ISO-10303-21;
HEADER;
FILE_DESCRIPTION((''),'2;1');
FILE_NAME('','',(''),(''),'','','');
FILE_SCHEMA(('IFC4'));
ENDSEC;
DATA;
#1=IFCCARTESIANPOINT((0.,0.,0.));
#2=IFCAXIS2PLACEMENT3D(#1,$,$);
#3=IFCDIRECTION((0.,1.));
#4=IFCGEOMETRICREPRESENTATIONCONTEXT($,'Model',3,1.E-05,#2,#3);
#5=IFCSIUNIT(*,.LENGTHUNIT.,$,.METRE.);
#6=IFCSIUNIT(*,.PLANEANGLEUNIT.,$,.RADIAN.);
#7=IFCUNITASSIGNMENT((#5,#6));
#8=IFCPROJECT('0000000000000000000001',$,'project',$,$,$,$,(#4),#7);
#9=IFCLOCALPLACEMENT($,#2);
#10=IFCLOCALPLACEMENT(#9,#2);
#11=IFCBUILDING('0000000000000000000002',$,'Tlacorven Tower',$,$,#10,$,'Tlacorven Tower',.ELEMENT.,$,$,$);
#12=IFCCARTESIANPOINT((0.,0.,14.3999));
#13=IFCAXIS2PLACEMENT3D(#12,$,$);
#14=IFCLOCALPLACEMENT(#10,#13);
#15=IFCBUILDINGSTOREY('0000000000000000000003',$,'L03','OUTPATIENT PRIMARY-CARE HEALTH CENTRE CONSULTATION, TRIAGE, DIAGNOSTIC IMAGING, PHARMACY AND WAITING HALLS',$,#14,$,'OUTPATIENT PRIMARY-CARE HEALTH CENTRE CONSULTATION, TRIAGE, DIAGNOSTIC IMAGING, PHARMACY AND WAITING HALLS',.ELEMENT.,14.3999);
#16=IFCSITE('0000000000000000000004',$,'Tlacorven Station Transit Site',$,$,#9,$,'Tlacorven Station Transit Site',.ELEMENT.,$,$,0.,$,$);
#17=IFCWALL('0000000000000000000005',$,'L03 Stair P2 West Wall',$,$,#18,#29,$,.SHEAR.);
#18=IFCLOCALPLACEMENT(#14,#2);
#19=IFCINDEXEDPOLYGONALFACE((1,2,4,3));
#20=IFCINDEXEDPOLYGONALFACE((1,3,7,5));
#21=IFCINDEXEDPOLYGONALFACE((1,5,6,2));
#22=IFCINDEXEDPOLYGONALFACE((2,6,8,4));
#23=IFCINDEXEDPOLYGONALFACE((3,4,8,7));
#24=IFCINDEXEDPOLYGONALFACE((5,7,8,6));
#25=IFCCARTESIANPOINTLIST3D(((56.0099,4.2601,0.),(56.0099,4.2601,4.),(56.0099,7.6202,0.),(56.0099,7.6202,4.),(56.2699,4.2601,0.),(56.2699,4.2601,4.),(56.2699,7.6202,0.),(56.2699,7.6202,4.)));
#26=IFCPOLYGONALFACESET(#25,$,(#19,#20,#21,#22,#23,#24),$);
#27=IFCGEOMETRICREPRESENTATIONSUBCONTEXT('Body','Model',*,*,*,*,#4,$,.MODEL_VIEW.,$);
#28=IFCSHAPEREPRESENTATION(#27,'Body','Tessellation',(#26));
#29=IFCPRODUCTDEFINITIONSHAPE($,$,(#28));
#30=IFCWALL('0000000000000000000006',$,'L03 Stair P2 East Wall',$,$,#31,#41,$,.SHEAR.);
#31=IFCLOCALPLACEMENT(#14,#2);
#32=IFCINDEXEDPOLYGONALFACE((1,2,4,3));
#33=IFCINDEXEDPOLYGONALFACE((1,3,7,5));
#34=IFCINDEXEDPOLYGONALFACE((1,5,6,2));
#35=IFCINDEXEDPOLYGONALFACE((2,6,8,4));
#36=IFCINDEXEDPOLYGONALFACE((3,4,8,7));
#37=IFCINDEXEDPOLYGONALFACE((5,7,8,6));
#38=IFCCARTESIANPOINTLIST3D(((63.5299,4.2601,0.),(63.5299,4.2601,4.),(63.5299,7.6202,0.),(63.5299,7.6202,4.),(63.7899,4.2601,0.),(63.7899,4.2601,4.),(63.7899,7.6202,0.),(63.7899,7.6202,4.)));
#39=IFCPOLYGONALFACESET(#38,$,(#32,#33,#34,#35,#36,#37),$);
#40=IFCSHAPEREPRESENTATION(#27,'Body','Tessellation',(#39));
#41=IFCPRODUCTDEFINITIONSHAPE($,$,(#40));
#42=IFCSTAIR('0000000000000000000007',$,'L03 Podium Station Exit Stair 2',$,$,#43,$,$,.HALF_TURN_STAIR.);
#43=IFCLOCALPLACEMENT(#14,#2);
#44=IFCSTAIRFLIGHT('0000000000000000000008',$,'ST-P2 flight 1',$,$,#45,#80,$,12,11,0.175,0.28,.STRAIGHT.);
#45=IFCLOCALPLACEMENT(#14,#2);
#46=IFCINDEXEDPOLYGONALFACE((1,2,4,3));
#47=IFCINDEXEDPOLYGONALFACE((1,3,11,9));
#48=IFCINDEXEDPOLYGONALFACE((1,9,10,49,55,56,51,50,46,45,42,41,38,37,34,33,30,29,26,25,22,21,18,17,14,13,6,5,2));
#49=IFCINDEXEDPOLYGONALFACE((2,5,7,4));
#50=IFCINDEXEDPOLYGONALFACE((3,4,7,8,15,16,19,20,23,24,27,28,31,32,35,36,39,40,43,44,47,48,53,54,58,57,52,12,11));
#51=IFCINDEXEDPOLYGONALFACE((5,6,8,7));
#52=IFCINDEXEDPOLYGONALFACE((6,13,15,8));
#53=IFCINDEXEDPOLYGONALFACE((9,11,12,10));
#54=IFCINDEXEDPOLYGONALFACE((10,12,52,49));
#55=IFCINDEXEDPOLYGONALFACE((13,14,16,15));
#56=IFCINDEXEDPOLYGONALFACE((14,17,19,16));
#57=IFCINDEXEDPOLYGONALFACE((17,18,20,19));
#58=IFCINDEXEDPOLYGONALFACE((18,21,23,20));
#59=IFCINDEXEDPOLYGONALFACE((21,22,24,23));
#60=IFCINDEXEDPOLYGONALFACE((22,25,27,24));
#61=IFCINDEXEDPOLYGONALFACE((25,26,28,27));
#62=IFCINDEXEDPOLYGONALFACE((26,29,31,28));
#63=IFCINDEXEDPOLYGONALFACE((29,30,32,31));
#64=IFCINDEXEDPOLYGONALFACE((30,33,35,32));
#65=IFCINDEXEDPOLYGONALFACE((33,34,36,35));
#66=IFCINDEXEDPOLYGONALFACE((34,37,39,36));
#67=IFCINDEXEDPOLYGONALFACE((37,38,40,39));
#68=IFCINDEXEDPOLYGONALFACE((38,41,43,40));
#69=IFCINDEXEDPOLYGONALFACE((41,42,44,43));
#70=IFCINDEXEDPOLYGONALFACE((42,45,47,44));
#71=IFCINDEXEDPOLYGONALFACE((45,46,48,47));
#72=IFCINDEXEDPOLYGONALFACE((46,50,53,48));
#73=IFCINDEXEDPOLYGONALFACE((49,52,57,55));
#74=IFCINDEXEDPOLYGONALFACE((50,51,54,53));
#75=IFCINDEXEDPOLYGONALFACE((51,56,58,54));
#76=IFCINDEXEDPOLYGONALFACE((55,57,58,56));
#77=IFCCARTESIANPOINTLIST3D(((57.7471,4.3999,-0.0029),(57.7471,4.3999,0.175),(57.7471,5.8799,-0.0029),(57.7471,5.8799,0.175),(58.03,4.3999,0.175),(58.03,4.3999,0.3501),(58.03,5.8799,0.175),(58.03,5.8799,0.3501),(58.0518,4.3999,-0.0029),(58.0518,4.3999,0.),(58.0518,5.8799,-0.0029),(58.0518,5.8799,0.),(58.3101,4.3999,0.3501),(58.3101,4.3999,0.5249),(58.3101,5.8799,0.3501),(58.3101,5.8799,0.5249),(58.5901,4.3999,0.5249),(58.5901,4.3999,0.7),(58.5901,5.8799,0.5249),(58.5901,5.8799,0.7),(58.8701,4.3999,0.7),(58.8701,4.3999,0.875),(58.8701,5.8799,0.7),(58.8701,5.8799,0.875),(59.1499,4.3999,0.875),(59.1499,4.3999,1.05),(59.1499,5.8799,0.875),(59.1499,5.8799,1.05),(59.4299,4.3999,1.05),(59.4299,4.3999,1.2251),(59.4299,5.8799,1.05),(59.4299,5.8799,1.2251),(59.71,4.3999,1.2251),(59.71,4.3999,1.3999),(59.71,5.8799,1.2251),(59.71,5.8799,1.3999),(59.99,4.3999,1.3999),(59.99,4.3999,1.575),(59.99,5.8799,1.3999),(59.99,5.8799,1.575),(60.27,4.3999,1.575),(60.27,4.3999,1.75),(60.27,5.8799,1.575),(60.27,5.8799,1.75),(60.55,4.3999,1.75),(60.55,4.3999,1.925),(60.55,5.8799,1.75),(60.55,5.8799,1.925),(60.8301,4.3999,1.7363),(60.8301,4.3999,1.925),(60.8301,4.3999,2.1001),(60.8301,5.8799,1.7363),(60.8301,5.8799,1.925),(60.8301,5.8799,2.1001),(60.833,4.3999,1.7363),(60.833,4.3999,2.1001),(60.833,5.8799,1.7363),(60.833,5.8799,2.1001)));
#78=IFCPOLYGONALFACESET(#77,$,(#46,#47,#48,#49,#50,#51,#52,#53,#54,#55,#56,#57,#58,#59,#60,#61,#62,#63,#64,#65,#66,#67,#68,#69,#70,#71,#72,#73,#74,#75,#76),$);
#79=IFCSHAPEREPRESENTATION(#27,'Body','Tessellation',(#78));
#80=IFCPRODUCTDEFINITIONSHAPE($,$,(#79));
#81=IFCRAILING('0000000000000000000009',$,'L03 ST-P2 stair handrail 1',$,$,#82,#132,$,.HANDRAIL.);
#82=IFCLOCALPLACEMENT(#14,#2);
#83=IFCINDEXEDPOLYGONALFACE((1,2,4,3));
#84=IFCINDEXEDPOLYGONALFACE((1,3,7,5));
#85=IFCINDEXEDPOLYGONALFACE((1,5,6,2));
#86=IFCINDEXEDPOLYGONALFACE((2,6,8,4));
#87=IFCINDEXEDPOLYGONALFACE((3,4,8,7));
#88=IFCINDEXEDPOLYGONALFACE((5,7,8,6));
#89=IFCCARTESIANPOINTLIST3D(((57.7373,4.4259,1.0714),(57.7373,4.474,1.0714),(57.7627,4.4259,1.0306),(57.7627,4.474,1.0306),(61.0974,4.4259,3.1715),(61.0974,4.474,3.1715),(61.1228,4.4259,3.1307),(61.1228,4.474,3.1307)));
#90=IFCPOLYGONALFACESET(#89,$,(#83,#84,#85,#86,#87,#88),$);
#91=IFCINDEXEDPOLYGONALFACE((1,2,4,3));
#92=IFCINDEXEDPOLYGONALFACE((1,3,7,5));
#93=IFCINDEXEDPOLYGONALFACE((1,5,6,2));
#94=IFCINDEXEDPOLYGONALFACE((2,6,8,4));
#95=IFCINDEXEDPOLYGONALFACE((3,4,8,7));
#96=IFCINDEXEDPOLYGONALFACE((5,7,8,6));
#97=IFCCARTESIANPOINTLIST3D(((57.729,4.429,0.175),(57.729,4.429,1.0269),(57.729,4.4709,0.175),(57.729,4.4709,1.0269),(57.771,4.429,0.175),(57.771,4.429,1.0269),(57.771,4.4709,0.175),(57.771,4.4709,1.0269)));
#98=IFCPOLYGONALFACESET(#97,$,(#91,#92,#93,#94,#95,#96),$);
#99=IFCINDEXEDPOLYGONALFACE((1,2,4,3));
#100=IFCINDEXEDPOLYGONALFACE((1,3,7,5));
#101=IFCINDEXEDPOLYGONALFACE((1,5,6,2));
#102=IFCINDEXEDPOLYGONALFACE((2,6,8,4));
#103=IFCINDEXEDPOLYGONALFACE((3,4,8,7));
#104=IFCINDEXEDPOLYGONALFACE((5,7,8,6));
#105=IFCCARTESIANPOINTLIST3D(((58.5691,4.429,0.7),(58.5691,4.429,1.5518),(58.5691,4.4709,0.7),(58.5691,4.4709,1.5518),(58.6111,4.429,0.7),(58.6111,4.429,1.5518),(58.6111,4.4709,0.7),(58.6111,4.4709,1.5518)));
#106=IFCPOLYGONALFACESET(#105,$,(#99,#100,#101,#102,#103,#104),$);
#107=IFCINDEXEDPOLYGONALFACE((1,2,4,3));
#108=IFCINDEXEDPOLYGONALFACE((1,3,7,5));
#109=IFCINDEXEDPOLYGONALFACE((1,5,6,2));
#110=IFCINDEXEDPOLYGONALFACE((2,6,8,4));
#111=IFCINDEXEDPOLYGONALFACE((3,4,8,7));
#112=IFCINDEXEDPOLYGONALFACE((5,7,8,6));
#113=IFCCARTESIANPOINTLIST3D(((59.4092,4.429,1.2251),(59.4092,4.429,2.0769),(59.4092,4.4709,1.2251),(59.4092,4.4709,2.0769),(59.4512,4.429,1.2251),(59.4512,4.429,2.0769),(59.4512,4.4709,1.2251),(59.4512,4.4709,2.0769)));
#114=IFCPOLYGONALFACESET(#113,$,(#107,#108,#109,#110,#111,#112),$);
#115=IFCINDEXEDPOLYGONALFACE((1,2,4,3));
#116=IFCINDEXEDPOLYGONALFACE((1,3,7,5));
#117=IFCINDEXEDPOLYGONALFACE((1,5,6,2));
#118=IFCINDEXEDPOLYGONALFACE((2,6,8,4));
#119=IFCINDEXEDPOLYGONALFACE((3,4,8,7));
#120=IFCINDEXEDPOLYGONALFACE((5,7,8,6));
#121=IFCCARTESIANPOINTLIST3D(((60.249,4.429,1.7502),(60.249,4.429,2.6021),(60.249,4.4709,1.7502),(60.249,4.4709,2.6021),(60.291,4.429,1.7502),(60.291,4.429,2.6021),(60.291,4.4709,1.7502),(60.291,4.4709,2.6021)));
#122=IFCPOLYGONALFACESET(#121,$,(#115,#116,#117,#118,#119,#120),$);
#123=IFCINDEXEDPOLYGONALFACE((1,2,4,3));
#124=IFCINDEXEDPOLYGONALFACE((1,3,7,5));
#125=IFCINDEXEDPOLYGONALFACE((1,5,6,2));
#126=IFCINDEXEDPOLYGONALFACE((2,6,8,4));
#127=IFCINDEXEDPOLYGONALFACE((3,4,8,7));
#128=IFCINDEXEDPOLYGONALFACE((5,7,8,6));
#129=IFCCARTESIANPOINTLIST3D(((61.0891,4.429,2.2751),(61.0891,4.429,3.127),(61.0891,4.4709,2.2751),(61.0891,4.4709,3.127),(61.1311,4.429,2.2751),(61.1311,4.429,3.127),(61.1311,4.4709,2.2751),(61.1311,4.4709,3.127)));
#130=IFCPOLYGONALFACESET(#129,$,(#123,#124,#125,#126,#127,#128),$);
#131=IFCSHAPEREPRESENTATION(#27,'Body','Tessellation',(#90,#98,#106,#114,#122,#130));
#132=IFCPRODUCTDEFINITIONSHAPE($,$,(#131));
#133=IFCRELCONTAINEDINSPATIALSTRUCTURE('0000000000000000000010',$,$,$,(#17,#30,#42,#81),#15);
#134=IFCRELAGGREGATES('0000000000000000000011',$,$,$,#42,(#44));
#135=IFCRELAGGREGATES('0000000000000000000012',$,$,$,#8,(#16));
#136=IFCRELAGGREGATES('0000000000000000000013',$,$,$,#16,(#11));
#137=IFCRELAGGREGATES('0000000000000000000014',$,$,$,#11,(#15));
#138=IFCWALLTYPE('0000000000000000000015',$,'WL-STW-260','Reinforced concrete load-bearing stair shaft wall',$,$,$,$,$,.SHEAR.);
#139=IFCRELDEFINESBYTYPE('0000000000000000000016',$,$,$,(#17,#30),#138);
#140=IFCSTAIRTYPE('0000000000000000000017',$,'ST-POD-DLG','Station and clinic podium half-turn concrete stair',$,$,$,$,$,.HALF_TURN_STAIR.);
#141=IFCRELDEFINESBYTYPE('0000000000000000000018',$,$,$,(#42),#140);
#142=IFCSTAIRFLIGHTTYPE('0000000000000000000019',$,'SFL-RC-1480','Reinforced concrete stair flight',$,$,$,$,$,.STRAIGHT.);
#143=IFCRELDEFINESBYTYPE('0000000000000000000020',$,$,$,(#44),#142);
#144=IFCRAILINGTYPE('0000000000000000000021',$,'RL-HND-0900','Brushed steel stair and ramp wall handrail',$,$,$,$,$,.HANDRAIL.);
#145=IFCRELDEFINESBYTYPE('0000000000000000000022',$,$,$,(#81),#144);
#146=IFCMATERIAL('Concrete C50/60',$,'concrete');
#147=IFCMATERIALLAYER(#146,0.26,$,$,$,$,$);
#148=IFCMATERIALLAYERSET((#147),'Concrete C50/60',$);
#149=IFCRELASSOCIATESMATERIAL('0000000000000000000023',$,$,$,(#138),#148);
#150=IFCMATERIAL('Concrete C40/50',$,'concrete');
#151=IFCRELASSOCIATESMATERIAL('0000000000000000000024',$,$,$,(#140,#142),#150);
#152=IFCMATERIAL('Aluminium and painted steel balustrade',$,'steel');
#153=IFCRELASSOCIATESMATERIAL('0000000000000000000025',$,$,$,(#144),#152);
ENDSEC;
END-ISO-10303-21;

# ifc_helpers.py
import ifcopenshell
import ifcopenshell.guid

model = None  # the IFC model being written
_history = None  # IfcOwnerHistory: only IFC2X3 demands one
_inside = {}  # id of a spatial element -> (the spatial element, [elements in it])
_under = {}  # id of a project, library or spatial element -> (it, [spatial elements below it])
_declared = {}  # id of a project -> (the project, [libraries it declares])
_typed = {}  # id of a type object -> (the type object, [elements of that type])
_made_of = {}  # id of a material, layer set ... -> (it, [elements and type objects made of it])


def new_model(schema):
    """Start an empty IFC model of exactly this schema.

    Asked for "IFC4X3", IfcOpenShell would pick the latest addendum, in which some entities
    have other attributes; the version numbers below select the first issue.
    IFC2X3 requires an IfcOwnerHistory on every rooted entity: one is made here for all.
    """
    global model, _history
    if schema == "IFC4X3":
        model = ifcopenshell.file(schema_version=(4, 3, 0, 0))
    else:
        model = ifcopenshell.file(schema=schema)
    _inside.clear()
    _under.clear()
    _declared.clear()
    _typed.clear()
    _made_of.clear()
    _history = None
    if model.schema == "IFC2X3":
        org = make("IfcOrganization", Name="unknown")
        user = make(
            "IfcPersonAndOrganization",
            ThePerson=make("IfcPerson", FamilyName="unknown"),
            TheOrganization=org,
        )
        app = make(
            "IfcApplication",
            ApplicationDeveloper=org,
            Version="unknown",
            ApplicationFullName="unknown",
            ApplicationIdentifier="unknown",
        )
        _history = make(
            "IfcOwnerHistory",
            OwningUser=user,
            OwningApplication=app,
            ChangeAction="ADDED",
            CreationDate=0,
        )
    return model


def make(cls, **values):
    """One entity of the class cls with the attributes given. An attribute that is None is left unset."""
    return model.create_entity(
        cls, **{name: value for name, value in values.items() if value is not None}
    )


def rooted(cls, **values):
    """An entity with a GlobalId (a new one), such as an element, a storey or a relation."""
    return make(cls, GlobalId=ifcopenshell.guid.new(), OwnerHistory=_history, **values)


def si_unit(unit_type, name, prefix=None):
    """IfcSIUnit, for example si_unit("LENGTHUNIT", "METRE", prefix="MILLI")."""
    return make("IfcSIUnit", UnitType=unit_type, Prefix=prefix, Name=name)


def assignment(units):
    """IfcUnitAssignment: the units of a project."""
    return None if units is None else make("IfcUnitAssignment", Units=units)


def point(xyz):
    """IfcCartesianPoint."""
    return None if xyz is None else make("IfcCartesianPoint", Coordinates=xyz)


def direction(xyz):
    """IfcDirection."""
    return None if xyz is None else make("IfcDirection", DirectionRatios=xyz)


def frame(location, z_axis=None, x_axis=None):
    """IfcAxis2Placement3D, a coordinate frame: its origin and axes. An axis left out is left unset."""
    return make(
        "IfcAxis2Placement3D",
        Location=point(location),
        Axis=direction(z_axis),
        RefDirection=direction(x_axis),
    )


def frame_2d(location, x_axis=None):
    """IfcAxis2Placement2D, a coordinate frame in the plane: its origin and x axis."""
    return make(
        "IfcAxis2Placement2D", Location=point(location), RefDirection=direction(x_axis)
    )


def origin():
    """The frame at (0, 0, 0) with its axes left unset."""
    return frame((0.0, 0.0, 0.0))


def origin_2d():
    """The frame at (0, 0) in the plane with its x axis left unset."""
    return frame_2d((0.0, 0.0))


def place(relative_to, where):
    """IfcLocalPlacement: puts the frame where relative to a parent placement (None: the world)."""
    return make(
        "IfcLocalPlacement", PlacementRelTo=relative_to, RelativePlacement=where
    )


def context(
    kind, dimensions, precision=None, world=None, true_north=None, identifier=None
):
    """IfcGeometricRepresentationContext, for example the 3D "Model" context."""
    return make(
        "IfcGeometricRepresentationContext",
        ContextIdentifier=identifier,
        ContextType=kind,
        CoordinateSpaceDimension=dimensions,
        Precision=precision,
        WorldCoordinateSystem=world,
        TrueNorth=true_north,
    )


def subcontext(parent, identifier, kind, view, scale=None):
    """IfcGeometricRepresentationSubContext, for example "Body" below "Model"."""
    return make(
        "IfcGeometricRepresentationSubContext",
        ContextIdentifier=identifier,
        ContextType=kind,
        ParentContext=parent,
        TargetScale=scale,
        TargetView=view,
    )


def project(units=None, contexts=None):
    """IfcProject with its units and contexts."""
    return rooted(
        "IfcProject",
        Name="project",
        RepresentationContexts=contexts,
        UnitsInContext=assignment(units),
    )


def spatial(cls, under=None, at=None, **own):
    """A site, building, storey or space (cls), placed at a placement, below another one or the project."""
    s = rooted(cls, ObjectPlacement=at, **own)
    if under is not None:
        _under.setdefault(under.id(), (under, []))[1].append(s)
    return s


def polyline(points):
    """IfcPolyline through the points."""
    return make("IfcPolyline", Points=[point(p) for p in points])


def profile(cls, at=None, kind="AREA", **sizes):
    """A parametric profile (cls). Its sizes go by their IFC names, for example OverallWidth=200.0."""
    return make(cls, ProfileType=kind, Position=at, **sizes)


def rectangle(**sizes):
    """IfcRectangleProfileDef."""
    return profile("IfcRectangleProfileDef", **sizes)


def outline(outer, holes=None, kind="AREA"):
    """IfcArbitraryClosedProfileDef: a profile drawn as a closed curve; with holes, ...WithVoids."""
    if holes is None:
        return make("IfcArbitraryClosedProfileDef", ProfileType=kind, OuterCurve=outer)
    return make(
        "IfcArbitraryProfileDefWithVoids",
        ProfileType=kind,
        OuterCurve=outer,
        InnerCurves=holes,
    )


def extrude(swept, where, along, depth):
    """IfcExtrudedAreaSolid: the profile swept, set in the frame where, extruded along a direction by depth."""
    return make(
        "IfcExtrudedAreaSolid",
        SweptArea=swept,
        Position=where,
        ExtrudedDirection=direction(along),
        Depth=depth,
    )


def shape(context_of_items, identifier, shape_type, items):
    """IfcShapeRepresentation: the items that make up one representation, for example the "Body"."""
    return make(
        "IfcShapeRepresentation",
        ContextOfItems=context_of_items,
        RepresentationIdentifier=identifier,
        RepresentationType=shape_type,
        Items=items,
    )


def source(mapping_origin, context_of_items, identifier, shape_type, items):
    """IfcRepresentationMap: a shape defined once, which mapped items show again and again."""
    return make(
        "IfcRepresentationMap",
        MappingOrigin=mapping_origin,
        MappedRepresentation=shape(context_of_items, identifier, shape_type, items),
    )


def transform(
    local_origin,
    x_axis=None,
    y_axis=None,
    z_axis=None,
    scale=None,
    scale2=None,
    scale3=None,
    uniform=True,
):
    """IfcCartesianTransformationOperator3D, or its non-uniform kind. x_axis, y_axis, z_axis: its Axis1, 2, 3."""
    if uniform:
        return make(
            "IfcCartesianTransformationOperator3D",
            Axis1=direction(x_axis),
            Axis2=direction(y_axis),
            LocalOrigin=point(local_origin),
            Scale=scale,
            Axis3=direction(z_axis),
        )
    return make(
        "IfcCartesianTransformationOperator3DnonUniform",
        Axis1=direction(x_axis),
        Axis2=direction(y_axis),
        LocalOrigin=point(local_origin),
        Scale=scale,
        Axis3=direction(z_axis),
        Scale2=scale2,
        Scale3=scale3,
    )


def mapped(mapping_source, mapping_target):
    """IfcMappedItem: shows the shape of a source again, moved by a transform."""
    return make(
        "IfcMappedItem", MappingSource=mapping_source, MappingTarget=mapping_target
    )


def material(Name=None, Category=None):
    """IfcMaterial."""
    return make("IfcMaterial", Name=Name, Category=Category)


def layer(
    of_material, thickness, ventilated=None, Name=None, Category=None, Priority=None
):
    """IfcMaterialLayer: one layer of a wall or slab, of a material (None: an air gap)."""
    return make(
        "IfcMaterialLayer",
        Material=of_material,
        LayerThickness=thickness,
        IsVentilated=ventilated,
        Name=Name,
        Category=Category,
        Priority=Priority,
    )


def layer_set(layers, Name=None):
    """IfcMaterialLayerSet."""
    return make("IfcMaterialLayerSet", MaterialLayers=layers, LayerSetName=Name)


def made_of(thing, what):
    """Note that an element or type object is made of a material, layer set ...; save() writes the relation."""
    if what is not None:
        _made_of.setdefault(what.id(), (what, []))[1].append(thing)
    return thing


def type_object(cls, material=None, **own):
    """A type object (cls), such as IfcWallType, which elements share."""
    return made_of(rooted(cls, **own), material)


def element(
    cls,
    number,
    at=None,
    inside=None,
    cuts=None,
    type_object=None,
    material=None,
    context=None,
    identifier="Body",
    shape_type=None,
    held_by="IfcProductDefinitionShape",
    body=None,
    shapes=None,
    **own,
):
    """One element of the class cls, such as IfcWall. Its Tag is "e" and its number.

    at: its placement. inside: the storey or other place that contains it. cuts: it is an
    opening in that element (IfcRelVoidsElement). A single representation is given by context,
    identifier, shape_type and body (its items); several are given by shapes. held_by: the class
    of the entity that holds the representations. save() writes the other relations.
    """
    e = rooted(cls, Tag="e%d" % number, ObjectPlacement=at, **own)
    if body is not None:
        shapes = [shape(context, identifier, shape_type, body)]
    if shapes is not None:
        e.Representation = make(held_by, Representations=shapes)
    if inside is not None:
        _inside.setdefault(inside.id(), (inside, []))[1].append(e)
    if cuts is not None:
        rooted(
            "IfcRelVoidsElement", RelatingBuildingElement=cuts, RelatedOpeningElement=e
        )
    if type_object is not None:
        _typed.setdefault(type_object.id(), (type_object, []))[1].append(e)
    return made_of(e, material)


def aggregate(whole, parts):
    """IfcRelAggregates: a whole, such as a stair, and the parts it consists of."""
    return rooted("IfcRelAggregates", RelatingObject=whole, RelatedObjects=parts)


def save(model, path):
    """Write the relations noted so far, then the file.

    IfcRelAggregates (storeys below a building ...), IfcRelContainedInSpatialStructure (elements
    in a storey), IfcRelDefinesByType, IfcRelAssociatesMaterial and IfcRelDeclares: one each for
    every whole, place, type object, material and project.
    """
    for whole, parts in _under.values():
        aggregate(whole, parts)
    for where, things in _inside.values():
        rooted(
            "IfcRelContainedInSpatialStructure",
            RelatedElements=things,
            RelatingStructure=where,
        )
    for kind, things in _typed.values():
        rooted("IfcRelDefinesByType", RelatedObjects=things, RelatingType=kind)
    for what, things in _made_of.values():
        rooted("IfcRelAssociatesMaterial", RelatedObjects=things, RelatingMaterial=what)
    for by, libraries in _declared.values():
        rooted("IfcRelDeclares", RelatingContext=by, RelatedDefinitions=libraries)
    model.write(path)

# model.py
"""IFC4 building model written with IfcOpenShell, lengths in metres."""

from ifc_helpers import new_model, si_unit, direction, frame, frame_2d, origin, origin_2d, place, context, subcontext, project, spatial, polyline, rectangle, outline, extrude, source, transform, mapped, material, layer, layer_set, type_object, element, aggregate, save


model = new_model("IFC4")

# Units and contexts
model_context = context("Model", 3, precision=1e-05, world=origin(), true_north=direction((0.0, 1.0)))
body_context = subcontext(model_context, "Body", "Model", "MODEL_VIEW")
ifc_project = project(units=[si_unit("LENGTHUNIT", "METRE"), si_unit("PLANEANGLEUNIT", "RADIAN")], contexts=[model_context])

# Site, building, storey
site_placement = place(None, origin())
site = spatial("IfcSite", under=ifc_project, at=site_placement, Name="Tlacorven Station Transit Site", LongName="Tlacorven Station Transit Site", CompositionType="ELEMENT", RefElevation=0.0)
building_placement = place(site_placement, origin())
building = spatial("IfcBuilding", under=site, at=building_placement, Name="Tlacorven Tower", LongName="Tlacorven Tower", CompositionType="ELEMENT")
storey_placement = place(building_placement, frame((0.0, 0.0, 14.3999)))
storey = spatial("IfcBuildingStorey", under=building, at=storey_placement, Name="L03", Description="OUTPATIENT PRIMARY-CARE HEALTH CENTRE CONSULTATION, TRIAGE, DIAGNOSTIC IMAGING, PHARMACY AND WAITING HALLS", LongName="OUTPATIENT PRIMARY-CARE HEALTH CENTRE CONSULTATION, TRIAGE, DIAGNOSTIC IMAGING, PHARMACY AND WAITING HALLS", CompositionType="ELEMENT", Elevation=14.3999)

# Walls
ifc_material_1 = material(Name="Concrete C50/60", Category="concrete")
ifc_layer = layer(ifc_material_1, 0.26)
ifc_layer_set = layer_set([ifc_layer], Name="Concrete C50/60")
wall_type = type_object("IfcWallType", Name="WL-STW-260", Description="Reinforced concrete load-bearing stair shaft wall", PredefinedType="SHEAR", material=ifc_layer_set)
for number, where, z_axis, x_axis, name in (
    (1, (56.1399, 4.26, 0.0), (0.0, 0.0, 1.0), (0.0, 1.0, 0.0), "L03 Stair P2 West Wall"),
    (2, (63.6599, 4.26, 0.0), (0.0, 0.0, 1.0), (0.0, 1.0, 0.0), "L03 Stair P2 East Wall"),
):
    element("IfcWall", number, at=place(storey_placement, frame(where, z_axis=z_axis, x_axis=x_axis)), inside=storey, type_object=wall_type, Name=name, PredefinedType="SHEAR", context=body_context, shape_type="SweptSolid", body=[
        extrude(rectangle(XDim=3.3601, YDim=0.26, at=frame_2d((1.6802, 0.0))), origin(), (0.0, 0.0, 1.0), 4.0),
    ])

# Stair, stair flight
ifc_material_2 = material(Name="Concrete C40/50", Category="concrete")
stair_type = type_object("IfcStairType", Name="ST-POD-DLG", Description="Station and clinic podium half-turn concrete stair", PredefinedType="HALF_TURN_STAIR", material=ifc_material_2)
stair_placement = place(storey_placement, origin())
stair = element("IfcStair", 3, at=stair_placement, inside=storey, type_object=stair_type, Name="L03 Podium Station Exit Stair 2", PredefinedType="HALF_TURN_STAIR")
stair_flight_type = type_object("IfcStairFlightType", Name="SFL-RC-1480", Description="Reinforced concrete stair flight", PredefinedType="STRAIGHT", material=ifc_material_2)
shared_shape_1 = source(origin(), body_context, "Body", "SweptSolid", [
    extrude(outline(polyline([(-0.0029, -0.0029), (-0.0029, 0.175), (0.28, 0.175), (0.28, 0.3501), (0.5601, 0.3501), (0.5601, 0.5249), (0.8401, 0.5249), (0.8401, 0.7), (1.1201, 0.7), (1.1201, 0.875), (1.3999, 0.875), (1.3999, 1.05), (1.6799, 1.05), (1.6799, 1.2251), (1.96, 1.2251), (1.96, 1.3999), (2.24, 1.3999), (2.24, 1.575), (2.52, 1.575), (2.52, 1.75), (2.8, 1.75), (2.8, 1.925), (3.0801, 1.925), (3.0801, 2.1001), (3.083, 2.1001), (3.083, 1.7363), (3.0801, 1.7363), (0.3018, 0.0), (0.3018, -0.0029), (-0.0029, -0.0029)])), frame((0.0, 0.74, 0.0), z_axis=(0.0, -1.0, 0.0), x_axis=(1.0, 0.0, 0.0)), (0.0, 0.0, 1.0), 1.48),
])
stair_flight_placement = place(storey_placement, frame((57.75, 5.1399, 0.0), z_axis=(0.0, 0.0, 1.0), x_axis=(1.0, 0.0, 0.0)))
stair_flight = element("IfcStairFlight", 4, at=stair_flight_placement, type_object=stair_flight_type, Name="ST-P2 flight 1", NumberOfRisers=12, NumberOfTreads=11, PredefinedType="STRAIGHT", RiserHeight=0.175, TreadLength=0.28, context=body_context, shape_type="MappedRepresentation", body=[
    mapped(shared_shape_1, transform((0.0, 0.0, 0.0), scale=1.0)),
])
aggregate(stair, [stair_flight])

# Railing
ifc_material_3 = material(Name="Aluminium and painted steel balustrade", Category="steel")
railing_type = type_object("IfcRailingType", Name="RL-HND-0900", Description="Brushed steel stair and ramp wall handrail", PredefinedType="HANDRAIL", material=ifc_material_3)
shared_shape_2 = source(origin(), body_context, "Body", "SweptSolid", [
    extrude(rectangle(XDim=0.0481, YDim=0.0481, at=origin_2d()), frame((0.0, 0.0, 0.876), z_axis=(0.847995, 0.0, 0.530004), x_axis=(0.0, 1.0, 0.0)), (0.0, 0.0, 1.0), 3.9624),
    extrude(rectangle(XDim=0.042, YDim=0.042, at=origin_2d()), origin(), (0.0, 0.0, 1.0), 0.8518),
    extrude(rectangle(XDim=0.042, YDim=0.042, at=origin_2d()), frame((0.8401, 0.0, 0.5249)), (0.0, 0.0, 1.0), 0.8518),
    extrude(rectangle(XDim=0.042, YDim=0.042, at=origin_2d()), frame((1.6802, 0.0, 1.05)), (0.0, 0.0, 1.0), 0.8518),
    extrude(rectangle(XDim=0.042, YDim=0.042, at=origin_2d()), frame((2.52, 0.0, 1.5752)), (0.0, 0.0, 1.0), 0.8518),
    extrude(rectangle(XDim=0.042, YDim=0.042, at=origin_2d()), frame((3.3601, 0.0, 2.1001)), (0.0, 0.0, 1.0), 0.8518),
])
railing_placement = place(storey_placement, frame((57.75, 4.45, 0.175)))
element("IfcRailing", 5, at=railing_placement, inside=storey, type_object=railing_type, Name="L03 ST-P2 stair handrail 1", PredefinedType="HANDRAIL", context=body_context, shape_type="MappedRepresentation", body=[
    mapped(shared_shape_2, transform((0.0, 0.0, 0.0), scale=1.0)),
])

save(model, "model.ifc")
